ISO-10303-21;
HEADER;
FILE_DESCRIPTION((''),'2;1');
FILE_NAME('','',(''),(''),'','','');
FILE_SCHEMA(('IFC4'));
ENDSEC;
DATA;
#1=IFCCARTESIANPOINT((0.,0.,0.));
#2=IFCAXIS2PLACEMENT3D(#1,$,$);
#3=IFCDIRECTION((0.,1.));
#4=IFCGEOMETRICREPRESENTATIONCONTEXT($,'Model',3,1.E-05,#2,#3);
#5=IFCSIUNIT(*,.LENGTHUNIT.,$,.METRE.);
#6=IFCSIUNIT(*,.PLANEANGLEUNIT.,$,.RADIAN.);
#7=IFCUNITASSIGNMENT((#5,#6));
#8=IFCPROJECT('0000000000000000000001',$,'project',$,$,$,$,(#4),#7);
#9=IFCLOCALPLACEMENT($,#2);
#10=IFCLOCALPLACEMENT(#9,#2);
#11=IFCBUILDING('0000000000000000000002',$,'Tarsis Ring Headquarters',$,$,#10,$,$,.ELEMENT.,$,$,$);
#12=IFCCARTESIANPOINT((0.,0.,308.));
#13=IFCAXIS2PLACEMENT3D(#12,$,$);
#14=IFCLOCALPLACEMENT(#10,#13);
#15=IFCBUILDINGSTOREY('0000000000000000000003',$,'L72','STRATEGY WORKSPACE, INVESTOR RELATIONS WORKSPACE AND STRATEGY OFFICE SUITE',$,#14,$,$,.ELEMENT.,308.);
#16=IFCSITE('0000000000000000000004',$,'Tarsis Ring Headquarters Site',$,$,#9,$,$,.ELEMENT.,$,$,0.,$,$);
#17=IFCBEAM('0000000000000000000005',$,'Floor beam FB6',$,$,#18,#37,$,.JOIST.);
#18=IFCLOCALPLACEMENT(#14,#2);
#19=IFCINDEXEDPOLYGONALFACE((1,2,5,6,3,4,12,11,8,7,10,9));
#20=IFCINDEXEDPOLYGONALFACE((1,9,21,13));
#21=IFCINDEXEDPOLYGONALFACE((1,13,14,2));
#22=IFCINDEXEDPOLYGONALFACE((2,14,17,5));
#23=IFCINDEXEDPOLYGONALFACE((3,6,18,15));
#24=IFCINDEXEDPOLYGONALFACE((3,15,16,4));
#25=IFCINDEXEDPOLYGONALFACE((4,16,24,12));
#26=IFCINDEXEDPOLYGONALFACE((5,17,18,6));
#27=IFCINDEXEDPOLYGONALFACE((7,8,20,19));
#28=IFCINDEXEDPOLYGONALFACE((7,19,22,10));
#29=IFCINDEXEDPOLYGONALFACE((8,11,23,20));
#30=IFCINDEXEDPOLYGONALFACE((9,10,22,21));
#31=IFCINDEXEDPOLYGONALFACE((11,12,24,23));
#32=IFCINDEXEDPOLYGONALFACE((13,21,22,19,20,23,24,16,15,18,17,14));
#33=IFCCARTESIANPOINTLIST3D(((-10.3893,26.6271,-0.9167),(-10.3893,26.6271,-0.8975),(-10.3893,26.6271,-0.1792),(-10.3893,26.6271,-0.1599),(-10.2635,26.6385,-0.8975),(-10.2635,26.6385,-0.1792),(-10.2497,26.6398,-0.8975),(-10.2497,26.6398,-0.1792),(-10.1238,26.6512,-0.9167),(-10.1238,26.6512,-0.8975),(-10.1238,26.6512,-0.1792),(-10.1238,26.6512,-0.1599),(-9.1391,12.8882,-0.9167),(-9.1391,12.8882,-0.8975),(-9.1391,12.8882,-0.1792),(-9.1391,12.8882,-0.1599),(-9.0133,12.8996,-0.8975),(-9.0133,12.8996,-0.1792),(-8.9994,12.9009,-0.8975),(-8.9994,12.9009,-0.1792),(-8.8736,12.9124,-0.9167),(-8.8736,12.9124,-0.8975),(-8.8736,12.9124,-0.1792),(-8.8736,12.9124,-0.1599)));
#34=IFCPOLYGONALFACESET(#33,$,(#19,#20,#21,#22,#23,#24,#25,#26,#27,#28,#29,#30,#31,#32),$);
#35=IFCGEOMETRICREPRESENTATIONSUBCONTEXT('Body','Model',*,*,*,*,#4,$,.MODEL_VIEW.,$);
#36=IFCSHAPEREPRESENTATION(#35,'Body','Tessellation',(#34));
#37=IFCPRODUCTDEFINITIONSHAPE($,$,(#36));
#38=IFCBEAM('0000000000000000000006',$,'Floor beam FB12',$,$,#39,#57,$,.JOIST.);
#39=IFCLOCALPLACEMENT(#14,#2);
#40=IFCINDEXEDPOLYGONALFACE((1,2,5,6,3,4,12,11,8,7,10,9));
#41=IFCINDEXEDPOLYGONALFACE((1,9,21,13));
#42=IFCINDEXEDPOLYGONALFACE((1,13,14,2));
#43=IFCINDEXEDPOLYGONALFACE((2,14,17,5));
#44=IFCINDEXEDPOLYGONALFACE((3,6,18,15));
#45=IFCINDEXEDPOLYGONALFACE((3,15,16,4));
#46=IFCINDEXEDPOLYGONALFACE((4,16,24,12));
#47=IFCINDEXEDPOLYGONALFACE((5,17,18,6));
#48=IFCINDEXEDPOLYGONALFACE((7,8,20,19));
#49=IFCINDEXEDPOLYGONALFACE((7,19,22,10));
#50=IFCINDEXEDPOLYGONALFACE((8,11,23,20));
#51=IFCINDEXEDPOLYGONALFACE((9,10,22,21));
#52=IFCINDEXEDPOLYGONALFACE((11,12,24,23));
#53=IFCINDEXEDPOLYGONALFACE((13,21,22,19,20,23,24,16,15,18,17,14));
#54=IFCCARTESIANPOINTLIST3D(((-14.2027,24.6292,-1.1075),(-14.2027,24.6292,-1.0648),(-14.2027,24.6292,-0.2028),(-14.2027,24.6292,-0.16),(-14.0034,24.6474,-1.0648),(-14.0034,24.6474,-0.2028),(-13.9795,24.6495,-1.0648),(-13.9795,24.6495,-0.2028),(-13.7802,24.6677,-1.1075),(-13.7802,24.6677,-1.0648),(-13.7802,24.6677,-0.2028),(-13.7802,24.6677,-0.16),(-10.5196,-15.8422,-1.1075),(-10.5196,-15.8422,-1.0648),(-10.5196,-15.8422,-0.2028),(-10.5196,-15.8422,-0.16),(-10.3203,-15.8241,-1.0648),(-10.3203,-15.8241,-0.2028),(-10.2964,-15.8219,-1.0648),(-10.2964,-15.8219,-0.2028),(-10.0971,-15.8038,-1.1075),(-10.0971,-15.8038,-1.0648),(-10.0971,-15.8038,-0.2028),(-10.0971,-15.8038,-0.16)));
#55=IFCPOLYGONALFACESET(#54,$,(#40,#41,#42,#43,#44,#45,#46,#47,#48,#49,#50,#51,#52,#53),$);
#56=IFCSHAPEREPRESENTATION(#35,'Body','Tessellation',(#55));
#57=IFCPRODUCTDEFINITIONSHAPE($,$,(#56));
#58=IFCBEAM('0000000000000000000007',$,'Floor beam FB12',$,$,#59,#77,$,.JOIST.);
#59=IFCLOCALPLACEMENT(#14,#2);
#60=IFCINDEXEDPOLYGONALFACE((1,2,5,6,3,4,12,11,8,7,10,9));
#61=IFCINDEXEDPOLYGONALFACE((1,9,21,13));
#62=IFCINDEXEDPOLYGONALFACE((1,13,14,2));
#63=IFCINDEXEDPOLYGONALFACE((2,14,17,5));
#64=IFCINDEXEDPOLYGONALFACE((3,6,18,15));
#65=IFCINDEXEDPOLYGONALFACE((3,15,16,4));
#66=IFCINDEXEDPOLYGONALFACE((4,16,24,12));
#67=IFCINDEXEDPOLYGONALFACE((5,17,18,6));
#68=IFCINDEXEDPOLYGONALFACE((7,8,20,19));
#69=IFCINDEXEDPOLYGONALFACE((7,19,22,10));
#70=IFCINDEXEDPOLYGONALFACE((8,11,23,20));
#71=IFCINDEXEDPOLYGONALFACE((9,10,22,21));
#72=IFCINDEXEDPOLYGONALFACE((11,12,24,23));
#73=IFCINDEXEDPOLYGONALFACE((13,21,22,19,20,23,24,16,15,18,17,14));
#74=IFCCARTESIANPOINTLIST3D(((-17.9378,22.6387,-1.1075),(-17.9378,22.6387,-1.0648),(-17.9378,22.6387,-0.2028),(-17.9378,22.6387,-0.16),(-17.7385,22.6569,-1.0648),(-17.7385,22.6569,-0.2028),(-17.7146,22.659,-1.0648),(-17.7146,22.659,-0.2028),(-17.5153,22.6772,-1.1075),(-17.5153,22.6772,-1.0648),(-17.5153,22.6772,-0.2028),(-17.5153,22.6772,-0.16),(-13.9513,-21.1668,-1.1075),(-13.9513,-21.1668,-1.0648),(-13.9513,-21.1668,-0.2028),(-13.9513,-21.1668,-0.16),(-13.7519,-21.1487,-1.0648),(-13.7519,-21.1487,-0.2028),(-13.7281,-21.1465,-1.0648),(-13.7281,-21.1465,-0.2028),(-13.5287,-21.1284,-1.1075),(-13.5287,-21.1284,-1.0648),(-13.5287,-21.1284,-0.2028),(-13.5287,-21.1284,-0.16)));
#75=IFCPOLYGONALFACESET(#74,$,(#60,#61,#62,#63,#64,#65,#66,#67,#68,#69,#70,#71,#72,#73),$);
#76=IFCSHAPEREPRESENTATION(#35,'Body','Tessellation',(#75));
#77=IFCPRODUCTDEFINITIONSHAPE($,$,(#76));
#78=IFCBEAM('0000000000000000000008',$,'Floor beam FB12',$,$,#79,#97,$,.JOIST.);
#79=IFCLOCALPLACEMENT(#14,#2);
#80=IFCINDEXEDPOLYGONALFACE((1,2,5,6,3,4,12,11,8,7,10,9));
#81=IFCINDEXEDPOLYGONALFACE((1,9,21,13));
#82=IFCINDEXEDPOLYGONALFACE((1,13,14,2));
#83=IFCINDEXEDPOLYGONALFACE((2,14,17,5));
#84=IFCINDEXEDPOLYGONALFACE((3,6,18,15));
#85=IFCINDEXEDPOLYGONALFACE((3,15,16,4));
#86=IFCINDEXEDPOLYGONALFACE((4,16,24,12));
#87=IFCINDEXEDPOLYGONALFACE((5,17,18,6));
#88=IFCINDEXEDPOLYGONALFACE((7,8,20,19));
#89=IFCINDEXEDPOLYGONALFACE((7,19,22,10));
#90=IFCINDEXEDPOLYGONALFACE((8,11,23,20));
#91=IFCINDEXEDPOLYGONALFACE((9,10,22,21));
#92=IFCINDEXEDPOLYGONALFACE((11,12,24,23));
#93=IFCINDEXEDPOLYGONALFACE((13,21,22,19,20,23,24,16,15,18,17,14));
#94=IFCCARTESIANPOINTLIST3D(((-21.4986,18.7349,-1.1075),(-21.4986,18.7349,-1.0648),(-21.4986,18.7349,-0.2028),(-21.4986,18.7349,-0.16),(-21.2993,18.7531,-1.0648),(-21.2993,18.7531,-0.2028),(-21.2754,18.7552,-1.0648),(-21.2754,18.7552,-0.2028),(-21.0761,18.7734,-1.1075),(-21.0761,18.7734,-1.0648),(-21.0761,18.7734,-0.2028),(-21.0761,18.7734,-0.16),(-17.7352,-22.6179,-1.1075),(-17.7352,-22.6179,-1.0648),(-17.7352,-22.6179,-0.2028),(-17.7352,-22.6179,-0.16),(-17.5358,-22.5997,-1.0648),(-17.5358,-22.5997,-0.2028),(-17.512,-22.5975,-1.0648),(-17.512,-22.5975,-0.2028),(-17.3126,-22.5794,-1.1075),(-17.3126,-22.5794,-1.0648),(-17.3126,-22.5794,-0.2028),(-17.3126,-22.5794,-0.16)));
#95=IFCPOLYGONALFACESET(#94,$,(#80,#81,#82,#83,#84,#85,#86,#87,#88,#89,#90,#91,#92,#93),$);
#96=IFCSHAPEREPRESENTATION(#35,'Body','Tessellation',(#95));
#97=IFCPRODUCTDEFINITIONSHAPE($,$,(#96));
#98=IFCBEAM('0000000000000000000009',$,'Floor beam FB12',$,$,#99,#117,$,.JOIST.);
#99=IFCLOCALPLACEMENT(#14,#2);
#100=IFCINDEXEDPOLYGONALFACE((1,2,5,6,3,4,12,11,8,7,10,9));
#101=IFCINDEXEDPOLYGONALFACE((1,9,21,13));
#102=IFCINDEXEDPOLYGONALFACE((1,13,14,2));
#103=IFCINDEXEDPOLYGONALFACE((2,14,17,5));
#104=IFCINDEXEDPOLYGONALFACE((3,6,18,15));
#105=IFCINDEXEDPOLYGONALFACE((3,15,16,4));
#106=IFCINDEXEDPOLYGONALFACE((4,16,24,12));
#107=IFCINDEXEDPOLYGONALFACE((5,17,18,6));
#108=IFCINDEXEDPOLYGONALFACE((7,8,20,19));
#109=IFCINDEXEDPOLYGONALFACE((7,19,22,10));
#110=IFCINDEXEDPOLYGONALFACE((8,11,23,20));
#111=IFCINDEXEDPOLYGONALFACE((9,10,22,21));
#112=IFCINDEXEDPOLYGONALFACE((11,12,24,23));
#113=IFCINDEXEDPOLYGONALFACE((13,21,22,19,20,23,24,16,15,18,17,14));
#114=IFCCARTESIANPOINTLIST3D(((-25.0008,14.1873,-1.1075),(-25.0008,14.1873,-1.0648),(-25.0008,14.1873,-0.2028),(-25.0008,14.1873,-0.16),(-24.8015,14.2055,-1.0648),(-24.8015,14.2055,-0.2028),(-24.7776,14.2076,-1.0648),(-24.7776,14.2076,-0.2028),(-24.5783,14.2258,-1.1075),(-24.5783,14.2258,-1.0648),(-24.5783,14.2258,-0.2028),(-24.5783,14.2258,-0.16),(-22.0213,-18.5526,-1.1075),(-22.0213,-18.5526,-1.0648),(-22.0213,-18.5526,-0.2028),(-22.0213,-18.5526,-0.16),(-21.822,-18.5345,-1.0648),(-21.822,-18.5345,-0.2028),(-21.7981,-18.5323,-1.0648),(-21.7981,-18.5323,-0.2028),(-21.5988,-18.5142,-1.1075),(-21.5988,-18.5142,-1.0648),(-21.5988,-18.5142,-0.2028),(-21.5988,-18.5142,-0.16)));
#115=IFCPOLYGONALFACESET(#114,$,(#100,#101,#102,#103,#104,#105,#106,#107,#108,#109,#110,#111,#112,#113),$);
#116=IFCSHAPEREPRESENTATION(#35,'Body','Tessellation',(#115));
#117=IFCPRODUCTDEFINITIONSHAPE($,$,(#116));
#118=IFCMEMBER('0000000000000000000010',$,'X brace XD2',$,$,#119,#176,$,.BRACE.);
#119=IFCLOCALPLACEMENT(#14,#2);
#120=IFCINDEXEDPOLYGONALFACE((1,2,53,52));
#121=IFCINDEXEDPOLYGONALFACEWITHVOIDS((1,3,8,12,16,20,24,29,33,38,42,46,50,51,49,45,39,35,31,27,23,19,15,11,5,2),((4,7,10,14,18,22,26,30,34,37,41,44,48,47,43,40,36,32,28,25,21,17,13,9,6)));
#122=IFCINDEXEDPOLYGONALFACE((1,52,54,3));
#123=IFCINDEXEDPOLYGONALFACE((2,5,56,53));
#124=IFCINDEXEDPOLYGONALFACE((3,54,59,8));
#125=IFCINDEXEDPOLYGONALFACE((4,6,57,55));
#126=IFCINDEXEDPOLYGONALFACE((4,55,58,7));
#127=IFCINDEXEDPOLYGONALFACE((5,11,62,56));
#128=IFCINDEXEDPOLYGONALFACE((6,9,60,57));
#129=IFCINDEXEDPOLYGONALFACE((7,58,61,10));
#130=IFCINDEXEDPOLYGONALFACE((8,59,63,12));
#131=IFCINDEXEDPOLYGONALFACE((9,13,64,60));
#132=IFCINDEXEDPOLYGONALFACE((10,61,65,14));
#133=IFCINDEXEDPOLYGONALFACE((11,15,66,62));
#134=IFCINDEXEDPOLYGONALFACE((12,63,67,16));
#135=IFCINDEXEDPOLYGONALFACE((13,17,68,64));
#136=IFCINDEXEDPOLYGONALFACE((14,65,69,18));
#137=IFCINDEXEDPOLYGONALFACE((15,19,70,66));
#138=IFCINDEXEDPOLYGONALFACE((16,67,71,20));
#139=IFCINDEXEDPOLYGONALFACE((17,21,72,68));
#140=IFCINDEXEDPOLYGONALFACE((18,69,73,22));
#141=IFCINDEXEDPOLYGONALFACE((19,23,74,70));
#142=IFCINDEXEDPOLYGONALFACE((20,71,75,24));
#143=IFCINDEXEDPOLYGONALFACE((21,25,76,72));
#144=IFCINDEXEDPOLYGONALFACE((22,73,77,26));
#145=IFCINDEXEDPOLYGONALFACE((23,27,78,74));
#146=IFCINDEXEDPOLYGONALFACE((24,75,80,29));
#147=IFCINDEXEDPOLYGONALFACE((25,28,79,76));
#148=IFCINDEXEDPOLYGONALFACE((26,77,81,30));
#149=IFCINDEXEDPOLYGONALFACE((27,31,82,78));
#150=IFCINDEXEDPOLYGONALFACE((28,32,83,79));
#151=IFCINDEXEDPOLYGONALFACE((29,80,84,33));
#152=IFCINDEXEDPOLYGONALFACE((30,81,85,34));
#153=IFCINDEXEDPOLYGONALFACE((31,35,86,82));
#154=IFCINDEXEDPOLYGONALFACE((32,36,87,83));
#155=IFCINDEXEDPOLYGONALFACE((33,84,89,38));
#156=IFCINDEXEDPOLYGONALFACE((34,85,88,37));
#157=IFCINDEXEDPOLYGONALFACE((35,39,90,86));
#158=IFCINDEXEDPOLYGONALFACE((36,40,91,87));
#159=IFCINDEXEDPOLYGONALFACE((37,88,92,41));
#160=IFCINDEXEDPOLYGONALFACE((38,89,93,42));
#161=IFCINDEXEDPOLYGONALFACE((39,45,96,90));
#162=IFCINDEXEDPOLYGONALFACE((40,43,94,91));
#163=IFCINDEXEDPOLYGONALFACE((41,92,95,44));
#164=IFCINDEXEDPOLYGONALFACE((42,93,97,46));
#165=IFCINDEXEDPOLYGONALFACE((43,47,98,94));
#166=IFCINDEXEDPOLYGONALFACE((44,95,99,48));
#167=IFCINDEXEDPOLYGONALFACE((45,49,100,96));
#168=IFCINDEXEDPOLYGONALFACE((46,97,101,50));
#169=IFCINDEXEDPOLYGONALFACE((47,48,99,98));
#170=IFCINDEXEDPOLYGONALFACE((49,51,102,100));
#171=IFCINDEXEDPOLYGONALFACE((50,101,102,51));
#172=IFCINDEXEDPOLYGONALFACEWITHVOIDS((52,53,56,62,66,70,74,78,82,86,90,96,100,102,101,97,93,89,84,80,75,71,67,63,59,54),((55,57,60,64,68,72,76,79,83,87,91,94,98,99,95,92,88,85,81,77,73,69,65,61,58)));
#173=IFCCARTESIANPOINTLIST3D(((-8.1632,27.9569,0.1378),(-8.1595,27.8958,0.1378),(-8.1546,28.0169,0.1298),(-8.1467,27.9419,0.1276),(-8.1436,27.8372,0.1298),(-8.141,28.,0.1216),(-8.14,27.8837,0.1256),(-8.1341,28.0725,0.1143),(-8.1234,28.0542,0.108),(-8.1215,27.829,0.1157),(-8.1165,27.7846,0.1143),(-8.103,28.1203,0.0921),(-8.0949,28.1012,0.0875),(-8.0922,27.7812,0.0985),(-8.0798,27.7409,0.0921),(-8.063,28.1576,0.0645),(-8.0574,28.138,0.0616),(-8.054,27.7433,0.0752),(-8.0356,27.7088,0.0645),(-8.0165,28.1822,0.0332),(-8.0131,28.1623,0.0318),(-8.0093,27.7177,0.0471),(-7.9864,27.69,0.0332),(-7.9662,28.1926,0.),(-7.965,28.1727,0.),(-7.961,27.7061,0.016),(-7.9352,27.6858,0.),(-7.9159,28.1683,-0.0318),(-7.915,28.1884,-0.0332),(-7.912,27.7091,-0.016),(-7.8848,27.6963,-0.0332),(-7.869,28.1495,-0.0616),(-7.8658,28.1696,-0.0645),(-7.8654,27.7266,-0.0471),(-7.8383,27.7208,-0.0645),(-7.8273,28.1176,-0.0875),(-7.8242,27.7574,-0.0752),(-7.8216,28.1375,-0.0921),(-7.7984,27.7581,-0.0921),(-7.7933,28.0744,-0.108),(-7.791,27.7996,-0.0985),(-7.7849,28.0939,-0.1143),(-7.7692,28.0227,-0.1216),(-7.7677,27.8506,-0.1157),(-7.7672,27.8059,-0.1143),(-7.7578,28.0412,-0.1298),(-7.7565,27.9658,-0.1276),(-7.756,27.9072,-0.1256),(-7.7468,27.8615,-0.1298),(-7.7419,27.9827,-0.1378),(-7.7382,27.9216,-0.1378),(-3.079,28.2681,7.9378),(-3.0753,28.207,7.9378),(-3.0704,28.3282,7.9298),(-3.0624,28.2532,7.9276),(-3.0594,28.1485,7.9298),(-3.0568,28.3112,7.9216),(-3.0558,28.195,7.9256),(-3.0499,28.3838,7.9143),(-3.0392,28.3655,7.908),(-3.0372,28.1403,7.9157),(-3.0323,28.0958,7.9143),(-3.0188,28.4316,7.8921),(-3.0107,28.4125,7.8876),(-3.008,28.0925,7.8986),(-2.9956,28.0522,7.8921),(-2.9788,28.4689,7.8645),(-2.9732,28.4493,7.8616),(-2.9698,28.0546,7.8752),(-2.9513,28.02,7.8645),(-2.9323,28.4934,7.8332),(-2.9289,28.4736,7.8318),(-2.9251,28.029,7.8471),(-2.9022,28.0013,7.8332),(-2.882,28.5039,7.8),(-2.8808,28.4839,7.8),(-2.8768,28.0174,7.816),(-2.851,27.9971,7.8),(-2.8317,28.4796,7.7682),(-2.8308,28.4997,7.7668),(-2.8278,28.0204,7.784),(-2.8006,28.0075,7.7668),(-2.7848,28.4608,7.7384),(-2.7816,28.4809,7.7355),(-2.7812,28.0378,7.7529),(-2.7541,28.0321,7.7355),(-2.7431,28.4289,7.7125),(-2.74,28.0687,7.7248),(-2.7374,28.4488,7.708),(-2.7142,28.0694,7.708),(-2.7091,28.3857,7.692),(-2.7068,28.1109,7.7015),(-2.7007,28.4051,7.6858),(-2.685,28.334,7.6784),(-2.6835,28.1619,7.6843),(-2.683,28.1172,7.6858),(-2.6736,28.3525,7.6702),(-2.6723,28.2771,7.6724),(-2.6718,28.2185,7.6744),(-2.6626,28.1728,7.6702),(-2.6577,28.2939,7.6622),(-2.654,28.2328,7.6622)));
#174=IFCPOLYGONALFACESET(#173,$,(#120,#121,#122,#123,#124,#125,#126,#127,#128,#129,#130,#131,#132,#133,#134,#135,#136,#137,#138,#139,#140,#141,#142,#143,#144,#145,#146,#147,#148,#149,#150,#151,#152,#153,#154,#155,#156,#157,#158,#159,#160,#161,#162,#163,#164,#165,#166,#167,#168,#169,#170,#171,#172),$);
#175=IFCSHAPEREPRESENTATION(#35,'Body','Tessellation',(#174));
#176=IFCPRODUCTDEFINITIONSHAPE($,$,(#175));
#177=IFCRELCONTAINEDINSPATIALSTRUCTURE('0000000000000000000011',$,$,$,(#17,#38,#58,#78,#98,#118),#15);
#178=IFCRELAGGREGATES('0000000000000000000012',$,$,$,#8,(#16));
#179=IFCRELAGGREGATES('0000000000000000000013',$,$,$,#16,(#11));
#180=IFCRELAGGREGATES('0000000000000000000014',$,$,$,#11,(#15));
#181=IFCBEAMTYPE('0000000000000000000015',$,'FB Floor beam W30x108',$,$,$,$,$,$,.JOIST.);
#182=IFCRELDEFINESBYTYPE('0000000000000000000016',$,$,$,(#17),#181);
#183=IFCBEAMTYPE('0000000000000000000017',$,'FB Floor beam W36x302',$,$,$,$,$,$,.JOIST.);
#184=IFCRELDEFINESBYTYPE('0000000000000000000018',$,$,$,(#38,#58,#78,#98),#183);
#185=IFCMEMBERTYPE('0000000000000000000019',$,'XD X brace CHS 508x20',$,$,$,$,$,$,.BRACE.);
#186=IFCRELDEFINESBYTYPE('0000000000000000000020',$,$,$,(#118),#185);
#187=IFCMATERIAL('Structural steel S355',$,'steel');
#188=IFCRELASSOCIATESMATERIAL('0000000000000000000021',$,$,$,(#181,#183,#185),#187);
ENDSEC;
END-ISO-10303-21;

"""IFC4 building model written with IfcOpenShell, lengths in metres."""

from ifc_helpers import new_model, si_unit, direction, frame, origin, origin_2d, place, context, subcontext, project, spatial, hollow_circle, i_section, extrude, material, material_profile, profile_set, type_object, element, save


model = new_model("IFC4")

# Units and contexts
model_context = context("Model", 3, precision=1e-05, world=origin(), true_north=direction((0.0, 1.0)))
body_context = subcontext(model_context, "Body", "Model", "MODEL_VIEW")
ifc_project = project(units=[si_unit("LENGTHUNIT", "METRE"), si_unit("PLANEANGLEUNIT", "RADIAN")], contexts=[model_context])

# Site, building, storey
site_placement = place(None, origin())
site = spatial("IfcSite", under=ifc_project, at=site_placement, Name="Tarsis Ring Headquarters Site", CompositionType="ELEMENT", RefElevation=0.0)
building_placement = place(site_placement, origin())
building = spatial("IfcBuilding", under=site, at=building_placement, Name="Tarsis Ring Headquarters", CompositionType="ELEMENT")
storey_placement = place(building_placement, frame((0.0, 0.0, 308.0)))
storey = spatial("IfcBuildingStorey", under=building, at=storey_placement, Name="L72", Description="STRATEGY WORKSPACE, INVESTOR RELATIONS WORKSPACE AND STRATEGY OFFICE SUITE", CompositionType="ELEMENT", Elevation=308.0)

# Shared definitions
ifc_material_1 = material(Name="Structural steel S355", Category="steel")

# Beams
ifc_material_profile_1 = material_profile(ifc_material_1, i_section(OverallWidth=0.2666, OverallDepth=0.7568, WebThickness=0.0139, FlangeThickness=0.0193, at=origin_2d()), Name="W30x108")
ifc_profile_set_1 = profile_set([ifc_material_profile_1], Name="Structural steel S355")
beam_type_1 = type_object("IfcBeamType", Name="FB Floor beam W30x108", PredefinedType="JOIST", material=ifc_profile_set_1)
beam_1_placement = place(storey_placement, frame((-10.2566, 26.6392, -0.5383), z_axis=(0.090627, -0.995885, 0.0), x_axis=(0.995885, 0.090627, 0.0)))
element("IfcBeam", 1, at=beam_1_placement, inside=storey, type_object=beam_type_1, Name="Floor beam FB6", PredefinedType="JOIST", context=body_context, shape_type="SweptSolid", body=[
    extrude(i_section(OverallWidth=0.2666, OverallDepth=0.7568, WebThickness=0.0139, FlangeThickness=0.0193, at=origin_2d()), origin(), (0.0, 0.0, 1.0), 13.7957),
])
ifc_material_profile_2 = material_profile(ifc_material_1, i_section(OverallWidth=0.4243, OverallDepth=0.9475, WebThickness=0.0239, FlangeThickness=0.0427, at=origin_2d()), Name="W36x302")
ifc_profile_set_2 = profile_set([ifc_material_profile_2], Name="Structural steel S355")
beam_type_2 = type_object("IfcBeamType", Name="FB Floor beam W36x302", PredefinedType="JOIST", material=ifc_profile_set_2)
beam_2_placement = place(storey_placement, frame((-13.9915, 24.6484, -0.6338), z_axis=(0.090631, -0.995885, 0.0), x_axis=(0.995885, 0.090631, 0.0)))
element("IfcBeam", 2, at=beam_2_placement, inside=storey, type_object=beam_type_2, Name="Floor beam FB12", PredefinedType="JOIST", context=body_context, shape_type="SweptSolid", body=[
    extrude(i_section(OverallWidth=0.4243, OverallDepth=0.9475, WebThickness=0.0239, FlangeThickness=0.0427, at=origin_2d()), origin(), (0.0, 0.0, 1.0), 40.6387),
])
beam_3_placement = place(storey_placement, frame((-17.7266, 22.658, -0.6338), z_axis=(0.090631, -0.995885, 0.0), x_axis=(0.995885, 0.090631, 0.0)))
element("IfcBeam", 3, at=beam_3_placement, inside=storey, type_object=beam_type_2, Name="Floor beam FB12", PredefinedType="JOIST", context=body_context, shape_type="SweptSolid", body=[
    extrude(i_section(OverallWidth=0.4243, OverallDepth=0.9475, WebThickness=0.0239, FlangeThickness=0.0427, at=origin_2d()), origin(), (0.0, 0.0, 1.0), 43.9866),
])
beam_4_placement = place(storey_placement, frame((-21.2874, 18.7542, -0.6338), z_axis=(0.090633, -0.995884, 0.0), x_axis=(0.995884, 0.090633, 0.0)))
element("IfcBeam", 4, at=beam_4_placement, inside=storey, type_object=beam_type_2, Name="Floor beam FB12", PredefinedType="JOIST", context=body_context, shape_type="SweptSolid", body=[
    extrude(i_section(OverallWidth=0.4243, OverallDepth=0.9475, WebThickness=0.0239, FlangeThickness=0.0427, at=origin_2d()), origin(), (0.0, 0.0, 1.0), 41.5237),
])
beam_5_placement = place(storey_placement, frame((-24.7896, 14.2065, -0.6338), z_axis=(0.09063, -0.995885, 0.0), x_axis=(0.995885, 0.09063, 0.0)))
element("IfcBeam", 5, at=beam_5_placement, inside=storey, type_object=beam_type_2, Name="Floor beam FB12", PredefinedType="JOIST", context=body_context, shape_type="SweptSolid", body=[
    extrude(i_section(OverallWidth=0.4243, OverallDepth=0.9475, WebThickness=0.0239, FlangeThickness=0.0427, at=origin_2d()), origin(), (0.0, 0.0, 1.0), 32.8752),
])

# Member
ifc_material_profile_3 = material_profile(ifc_material_1, hollow_circle(Radius=0.2539, WallThickness=0.02, at=origin_2d()), Name="CHS 508x20")
ifc_profile_set_3 = profile_set([ifc_material_profile_3], Name="Structural steel S355")
member_type = type_object("IfcMemberType", Name="XD X brace CHS 508x20", PredefinedType="BRACE", material=ifc_profile_set_3)
member_placement = place(storey_placement, frame((-7.9507, 27.9392, 0.0), z_axis=(0.545755, 0.033414, 0.837278), x_axis=(-0.06111, 0.998131, 0.0)))
element("IfcMember", 6, at=member_placement, inside=storey, type_object=member_type, Name="X brace XD2", PredefinedType="BRACE", context=body_context, shape_type="SweptSolid", body=[
    extrude(hollow_circle(Radius=0.2539, WallThickness=0.02, at=origin_2d()), origin(), (0.0, 0.0, 1.0), 9.3159),
])

save(model, "model.ifc")
